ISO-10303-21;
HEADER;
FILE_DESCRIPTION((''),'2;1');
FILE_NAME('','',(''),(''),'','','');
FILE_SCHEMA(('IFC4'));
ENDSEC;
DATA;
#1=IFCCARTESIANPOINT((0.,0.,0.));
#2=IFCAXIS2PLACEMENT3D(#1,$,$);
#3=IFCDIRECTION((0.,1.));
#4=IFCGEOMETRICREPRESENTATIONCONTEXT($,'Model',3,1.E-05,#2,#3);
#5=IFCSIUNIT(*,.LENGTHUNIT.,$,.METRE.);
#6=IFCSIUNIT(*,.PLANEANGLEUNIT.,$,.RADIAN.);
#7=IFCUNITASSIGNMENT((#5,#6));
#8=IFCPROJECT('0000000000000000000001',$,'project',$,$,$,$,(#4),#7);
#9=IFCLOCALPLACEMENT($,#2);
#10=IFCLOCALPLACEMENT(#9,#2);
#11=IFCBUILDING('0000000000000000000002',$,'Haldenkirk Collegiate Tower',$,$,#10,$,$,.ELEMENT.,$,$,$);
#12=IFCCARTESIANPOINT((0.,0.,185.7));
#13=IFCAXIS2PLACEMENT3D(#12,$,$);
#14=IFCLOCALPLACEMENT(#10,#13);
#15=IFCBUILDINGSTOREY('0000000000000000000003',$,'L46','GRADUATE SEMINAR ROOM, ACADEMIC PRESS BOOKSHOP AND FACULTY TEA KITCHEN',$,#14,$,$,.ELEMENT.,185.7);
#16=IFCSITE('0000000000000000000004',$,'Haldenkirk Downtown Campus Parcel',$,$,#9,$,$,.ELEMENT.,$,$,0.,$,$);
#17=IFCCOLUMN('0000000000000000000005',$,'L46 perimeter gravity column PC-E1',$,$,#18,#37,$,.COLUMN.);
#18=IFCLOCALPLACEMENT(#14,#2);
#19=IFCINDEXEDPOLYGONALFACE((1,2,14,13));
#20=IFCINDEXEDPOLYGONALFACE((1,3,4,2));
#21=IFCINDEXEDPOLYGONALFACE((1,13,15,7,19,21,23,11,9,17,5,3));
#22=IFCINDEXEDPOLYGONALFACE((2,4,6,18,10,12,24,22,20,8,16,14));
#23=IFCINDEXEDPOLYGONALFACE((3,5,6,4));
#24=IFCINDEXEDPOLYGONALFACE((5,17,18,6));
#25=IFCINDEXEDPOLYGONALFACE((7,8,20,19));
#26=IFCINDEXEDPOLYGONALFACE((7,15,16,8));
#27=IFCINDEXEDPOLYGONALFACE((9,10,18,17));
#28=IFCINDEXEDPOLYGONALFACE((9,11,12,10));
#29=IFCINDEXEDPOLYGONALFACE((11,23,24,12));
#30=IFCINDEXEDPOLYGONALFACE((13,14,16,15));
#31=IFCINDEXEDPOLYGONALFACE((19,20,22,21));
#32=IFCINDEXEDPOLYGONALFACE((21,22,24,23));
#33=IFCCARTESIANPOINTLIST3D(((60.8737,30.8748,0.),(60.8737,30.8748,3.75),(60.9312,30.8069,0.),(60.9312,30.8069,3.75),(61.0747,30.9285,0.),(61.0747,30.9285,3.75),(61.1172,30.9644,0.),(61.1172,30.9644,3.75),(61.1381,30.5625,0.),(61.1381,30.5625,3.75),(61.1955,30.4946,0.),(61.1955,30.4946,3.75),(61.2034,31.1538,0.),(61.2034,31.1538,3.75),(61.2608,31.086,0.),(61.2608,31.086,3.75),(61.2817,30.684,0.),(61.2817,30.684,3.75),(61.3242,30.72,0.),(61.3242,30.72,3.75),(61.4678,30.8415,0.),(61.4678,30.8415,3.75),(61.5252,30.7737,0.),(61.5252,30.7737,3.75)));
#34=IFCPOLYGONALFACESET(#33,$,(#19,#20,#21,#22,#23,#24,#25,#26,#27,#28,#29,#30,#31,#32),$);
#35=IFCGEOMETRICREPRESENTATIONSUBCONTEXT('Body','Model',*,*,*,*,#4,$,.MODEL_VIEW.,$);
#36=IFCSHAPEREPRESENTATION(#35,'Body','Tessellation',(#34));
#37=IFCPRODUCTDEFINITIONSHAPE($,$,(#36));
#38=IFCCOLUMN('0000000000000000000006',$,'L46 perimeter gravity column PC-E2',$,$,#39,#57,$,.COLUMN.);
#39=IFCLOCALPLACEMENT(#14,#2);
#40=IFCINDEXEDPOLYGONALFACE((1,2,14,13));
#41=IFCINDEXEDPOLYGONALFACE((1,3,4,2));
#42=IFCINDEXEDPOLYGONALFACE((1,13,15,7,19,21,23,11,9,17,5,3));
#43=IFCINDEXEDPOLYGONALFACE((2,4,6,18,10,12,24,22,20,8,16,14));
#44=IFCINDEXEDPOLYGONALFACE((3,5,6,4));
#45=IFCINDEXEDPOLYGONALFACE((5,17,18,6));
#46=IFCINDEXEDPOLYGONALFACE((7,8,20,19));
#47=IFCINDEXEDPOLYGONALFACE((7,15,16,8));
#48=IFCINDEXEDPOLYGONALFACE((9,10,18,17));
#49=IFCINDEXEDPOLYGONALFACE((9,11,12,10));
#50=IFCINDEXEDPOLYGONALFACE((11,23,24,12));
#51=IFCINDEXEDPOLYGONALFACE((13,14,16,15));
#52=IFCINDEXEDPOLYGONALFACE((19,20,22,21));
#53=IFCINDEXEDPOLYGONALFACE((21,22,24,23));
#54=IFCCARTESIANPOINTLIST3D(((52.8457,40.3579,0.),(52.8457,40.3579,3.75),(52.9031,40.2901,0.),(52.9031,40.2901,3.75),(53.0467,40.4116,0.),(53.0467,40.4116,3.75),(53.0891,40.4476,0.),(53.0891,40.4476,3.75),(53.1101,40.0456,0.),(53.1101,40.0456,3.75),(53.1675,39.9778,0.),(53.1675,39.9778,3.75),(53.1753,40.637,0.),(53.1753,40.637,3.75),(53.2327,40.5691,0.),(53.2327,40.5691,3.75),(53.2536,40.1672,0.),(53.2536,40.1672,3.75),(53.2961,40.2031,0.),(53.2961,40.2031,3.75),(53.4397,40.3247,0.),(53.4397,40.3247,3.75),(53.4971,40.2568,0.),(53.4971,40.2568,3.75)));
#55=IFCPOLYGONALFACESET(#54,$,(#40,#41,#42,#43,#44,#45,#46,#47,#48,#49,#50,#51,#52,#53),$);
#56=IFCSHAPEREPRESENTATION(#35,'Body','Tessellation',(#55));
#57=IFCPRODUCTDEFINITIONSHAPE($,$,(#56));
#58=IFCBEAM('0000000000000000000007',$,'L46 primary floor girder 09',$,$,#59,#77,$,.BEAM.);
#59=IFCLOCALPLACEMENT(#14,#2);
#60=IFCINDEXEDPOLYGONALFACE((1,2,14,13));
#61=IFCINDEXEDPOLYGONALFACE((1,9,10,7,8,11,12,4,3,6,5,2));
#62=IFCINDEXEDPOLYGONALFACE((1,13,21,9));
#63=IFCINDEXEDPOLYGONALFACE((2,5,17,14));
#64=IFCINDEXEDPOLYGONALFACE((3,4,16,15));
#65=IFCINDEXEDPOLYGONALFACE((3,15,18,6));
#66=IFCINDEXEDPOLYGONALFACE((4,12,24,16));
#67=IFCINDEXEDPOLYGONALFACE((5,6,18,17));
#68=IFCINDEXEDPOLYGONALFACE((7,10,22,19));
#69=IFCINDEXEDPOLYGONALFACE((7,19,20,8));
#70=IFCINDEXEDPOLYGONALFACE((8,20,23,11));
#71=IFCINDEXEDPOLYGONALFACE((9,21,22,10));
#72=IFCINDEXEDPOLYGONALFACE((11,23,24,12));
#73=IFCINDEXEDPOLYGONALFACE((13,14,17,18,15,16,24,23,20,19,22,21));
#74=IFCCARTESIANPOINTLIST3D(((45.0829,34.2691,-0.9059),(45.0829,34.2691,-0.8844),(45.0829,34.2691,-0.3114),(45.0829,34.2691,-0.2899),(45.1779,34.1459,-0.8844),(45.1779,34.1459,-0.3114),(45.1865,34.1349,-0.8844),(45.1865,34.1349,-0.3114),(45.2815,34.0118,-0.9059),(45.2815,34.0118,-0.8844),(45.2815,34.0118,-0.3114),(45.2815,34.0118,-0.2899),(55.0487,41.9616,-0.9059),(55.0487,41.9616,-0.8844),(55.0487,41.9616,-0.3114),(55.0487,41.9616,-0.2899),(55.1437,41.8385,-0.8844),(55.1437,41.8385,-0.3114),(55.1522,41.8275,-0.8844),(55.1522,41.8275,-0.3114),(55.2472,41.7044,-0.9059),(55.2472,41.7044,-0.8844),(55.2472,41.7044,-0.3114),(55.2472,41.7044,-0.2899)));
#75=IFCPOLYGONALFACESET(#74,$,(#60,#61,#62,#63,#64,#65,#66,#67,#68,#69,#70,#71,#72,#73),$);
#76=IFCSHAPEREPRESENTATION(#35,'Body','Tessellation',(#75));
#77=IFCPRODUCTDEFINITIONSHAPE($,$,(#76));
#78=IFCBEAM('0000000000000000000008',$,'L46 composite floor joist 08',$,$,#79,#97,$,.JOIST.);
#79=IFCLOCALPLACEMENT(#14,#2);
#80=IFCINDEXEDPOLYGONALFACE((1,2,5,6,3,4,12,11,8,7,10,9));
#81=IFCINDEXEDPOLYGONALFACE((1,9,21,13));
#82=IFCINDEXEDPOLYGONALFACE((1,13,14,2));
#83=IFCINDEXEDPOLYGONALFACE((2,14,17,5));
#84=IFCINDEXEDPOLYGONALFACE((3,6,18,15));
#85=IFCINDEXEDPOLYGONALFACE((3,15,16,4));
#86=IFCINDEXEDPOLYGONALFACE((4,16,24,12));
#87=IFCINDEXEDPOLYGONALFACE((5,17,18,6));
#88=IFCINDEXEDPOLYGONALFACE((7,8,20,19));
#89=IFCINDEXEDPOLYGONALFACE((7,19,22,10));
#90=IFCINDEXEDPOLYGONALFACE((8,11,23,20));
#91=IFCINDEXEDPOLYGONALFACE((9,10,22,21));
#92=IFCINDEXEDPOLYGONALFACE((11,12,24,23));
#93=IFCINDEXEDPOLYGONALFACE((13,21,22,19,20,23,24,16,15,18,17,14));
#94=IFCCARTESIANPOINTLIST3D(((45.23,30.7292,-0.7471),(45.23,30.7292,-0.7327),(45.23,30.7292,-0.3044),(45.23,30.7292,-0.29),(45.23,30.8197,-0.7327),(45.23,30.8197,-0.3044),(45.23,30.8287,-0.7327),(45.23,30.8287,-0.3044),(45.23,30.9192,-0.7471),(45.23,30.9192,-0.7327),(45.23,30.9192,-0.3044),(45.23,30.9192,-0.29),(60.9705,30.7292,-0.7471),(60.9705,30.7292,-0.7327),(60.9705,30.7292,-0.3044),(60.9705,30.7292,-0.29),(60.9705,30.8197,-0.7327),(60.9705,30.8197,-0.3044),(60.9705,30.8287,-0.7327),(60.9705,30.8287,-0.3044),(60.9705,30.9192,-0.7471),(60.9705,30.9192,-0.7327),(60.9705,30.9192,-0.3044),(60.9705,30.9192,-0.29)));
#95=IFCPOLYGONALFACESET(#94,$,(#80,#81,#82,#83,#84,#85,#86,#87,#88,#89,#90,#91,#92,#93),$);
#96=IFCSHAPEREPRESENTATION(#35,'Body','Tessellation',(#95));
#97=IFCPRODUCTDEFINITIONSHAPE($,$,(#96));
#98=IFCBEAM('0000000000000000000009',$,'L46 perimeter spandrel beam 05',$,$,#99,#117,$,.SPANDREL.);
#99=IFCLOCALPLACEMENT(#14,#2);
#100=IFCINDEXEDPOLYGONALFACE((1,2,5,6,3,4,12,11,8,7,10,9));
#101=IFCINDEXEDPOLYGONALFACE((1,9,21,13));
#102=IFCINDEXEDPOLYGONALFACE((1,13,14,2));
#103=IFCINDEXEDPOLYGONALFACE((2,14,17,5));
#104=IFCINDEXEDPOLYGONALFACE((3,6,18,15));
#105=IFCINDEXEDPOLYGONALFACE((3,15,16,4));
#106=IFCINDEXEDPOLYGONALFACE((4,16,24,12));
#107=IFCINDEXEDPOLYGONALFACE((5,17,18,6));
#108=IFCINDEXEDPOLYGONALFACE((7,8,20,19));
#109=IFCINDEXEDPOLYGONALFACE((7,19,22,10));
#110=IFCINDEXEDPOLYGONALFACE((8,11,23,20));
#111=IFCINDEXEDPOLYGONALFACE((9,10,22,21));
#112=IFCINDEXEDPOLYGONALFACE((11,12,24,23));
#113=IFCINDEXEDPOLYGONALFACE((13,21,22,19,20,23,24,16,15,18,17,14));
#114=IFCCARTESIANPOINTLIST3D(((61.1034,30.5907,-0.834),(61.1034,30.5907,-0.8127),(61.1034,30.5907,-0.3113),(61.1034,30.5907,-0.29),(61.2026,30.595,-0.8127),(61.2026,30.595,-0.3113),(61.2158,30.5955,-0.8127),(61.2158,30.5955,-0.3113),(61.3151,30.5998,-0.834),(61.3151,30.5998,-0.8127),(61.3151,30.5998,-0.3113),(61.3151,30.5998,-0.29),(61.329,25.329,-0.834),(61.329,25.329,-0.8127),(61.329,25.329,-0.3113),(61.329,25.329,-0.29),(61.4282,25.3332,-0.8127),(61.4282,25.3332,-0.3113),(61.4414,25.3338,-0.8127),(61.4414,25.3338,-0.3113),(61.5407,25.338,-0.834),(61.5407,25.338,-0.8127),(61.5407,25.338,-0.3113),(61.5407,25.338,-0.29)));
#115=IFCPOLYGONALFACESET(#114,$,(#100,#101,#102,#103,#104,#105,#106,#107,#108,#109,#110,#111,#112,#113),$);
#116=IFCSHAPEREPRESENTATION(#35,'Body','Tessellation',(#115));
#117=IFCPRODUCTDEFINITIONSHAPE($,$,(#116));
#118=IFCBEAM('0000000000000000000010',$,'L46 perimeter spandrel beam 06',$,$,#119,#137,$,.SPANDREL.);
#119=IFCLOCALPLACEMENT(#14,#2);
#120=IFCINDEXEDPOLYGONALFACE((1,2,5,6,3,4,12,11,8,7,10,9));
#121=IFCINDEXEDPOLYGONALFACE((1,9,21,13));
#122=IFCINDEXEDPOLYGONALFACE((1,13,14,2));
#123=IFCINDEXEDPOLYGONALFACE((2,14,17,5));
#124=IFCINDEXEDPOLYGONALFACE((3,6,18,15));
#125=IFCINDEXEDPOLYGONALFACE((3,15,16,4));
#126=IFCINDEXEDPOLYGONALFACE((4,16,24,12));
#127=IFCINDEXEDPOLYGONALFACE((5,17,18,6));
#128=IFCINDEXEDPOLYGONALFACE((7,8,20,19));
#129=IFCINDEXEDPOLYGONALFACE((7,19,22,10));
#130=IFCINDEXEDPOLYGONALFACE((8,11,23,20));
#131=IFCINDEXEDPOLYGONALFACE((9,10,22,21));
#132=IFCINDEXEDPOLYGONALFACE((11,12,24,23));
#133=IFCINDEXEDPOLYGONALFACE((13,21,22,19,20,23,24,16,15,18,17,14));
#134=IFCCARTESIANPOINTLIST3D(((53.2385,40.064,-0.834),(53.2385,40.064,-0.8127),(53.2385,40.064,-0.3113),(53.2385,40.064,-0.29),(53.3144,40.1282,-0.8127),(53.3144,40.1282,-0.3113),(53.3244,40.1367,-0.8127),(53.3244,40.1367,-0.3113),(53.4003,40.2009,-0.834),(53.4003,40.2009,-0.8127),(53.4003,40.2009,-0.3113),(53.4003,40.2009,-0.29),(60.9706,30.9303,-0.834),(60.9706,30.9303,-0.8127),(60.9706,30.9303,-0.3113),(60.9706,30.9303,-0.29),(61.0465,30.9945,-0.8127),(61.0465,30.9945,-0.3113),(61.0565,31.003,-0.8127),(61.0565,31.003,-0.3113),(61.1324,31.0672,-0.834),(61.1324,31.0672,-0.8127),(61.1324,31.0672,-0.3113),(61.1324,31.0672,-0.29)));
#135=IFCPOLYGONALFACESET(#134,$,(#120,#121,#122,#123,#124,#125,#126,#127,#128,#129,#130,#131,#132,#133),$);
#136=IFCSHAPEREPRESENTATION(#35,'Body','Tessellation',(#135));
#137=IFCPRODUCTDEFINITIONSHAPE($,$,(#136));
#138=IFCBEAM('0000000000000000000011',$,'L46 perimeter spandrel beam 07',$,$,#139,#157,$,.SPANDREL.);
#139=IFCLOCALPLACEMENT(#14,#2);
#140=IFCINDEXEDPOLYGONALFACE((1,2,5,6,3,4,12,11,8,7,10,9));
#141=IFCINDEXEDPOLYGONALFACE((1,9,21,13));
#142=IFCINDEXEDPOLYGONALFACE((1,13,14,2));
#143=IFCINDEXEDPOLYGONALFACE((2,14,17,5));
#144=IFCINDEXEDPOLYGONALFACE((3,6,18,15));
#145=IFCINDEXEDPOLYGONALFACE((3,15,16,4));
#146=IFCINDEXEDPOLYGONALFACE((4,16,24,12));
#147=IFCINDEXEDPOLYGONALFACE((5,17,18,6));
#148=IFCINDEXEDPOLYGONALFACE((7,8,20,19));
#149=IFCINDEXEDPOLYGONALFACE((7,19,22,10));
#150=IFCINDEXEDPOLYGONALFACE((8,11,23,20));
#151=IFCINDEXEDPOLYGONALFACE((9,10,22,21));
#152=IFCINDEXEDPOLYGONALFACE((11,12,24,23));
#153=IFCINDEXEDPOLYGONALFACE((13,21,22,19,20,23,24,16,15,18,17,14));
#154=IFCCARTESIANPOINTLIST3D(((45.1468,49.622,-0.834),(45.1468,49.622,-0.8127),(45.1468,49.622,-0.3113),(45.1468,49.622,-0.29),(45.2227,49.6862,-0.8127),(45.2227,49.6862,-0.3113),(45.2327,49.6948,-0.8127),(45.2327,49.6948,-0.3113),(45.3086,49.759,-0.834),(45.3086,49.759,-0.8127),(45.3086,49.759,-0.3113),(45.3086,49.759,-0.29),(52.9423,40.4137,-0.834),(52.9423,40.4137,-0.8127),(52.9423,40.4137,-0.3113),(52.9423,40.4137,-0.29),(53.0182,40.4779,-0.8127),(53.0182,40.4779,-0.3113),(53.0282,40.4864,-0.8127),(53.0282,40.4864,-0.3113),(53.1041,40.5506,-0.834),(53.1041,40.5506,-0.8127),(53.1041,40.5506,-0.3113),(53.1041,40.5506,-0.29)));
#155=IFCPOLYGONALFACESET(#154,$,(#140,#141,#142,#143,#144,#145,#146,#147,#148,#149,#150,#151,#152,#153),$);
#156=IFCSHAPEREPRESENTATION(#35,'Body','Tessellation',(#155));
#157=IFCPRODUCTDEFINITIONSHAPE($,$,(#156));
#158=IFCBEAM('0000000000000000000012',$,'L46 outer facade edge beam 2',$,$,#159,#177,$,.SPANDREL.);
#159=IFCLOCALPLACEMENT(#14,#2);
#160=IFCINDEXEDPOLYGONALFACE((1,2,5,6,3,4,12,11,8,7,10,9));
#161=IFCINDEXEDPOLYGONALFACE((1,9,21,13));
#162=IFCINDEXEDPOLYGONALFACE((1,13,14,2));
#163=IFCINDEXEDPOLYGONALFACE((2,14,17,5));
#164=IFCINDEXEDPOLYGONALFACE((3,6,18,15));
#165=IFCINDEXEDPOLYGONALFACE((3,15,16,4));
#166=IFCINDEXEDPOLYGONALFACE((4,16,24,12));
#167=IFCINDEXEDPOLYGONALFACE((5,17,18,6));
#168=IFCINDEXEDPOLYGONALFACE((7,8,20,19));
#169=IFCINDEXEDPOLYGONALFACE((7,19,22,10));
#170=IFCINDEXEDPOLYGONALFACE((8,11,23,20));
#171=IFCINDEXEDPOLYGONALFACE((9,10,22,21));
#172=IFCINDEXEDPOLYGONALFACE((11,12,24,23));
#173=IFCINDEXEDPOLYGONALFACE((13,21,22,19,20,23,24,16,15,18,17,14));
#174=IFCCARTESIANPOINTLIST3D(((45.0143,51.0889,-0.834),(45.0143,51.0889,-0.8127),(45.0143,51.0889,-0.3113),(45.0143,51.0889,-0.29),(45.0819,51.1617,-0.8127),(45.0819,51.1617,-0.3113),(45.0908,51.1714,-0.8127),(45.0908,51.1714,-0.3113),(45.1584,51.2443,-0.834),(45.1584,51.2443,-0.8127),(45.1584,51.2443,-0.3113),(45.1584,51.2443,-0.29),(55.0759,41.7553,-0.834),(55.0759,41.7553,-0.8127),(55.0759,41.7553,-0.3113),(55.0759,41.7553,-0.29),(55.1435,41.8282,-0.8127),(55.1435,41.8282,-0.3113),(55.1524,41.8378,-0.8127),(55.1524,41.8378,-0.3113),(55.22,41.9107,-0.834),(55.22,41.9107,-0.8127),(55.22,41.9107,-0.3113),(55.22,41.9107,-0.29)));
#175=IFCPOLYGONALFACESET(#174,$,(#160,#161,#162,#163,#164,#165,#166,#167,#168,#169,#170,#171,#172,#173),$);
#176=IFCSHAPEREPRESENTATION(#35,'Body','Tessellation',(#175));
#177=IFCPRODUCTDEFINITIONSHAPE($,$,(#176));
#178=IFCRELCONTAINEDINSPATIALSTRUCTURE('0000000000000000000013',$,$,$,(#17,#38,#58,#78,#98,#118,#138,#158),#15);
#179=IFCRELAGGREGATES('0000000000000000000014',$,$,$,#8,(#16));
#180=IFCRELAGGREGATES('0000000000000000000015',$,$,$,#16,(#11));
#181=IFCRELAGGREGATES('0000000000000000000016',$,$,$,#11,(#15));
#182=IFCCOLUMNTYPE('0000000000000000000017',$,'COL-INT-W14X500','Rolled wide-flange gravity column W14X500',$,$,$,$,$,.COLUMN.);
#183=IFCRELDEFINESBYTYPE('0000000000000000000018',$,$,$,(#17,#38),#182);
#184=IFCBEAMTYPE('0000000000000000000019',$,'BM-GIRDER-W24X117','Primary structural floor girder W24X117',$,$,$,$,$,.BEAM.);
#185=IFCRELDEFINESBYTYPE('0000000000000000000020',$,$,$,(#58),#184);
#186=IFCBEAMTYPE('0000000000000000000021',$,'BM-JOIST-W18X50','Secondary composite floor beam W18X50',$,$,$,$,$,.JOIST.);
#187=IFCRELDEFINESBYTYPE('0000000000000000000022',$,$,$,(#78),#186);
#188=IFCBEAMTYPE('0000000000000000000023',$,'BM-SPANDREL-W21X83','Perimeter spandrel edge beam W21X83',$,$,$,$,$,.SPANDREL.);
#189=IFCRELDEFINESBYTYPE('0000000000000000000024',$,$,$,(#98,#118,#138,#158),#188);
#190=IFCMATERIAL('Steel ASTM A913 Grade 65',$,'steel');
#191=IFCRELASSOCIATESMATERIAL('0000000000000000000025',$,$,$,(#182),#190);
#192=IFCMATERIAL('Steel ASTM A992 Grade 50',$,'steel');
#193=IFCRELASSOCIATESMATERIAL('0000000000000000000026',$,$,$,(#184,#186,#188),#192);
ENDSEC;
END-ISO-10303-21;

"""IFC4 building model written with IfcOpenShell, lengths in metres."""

from ifc_helpers import new_model, si_unit, direction, frame, origin, origin_2d, place, context, subcontext, project, spatial, i_section, extrude, material, material_profile, profile_set, type_object, element, save


model = new_model("IFC4")

# Units and contexts
model_context = context("Model", 3, precision=1e-05, world=origin(), true_north=direction((0.0, 1.0)))
body_context = subcontext(model_context, "Body", "Model", "MODEL_VIEW")
ifc_project = project(units=[si_unit("LENGTHUNIT", "METRE"), si_unit("PLANEANGLEUNIT", "RADIAN")], contexts=[model_context])

# Site, building, storey
site_placement = place(None, origin())
site = spatial("IfcSite", under=ifc_project, at=site_placement, Name="Haldenkirk Downtown Campus Parcel", CompositionType="ELEMENT", RefElevation=0.0)
building_placement = place(site_placement, origin())
building = spatial("IfcBuilding", under=site, at=building_placement, Name="Haldenkirk Collegiate Tower", CompositionType="ELEMENT")
storey_placement = place(building_placement, frame((0.0, 0.0, 185.7)))
storey = spatial("IfcBuildingStorey", under=building, at=storey_placement, Name="L46", Description="GRADUATE SEMINAR ROOM, ACADEMIC PRESS BOOKSHOP AND FACULTY TEA KITCHEN", CompositionType="ELEMENT", Elevation=185.7)

# Columns
ifc_material_1 = material(Name="Steel ASTM A913 Grade 65", Category="steel")
ifc_material_profile_1 = material_profile(ifc_material_1, i_section(OverallWidth=0.4319, OverallDepth=0.498, WebThickness=0.0557, FlangeThickness=0.0889, at=origin_2d()), Name="W14X500")
ifc_profile_set_1 = profile_set([ifc_material_profile_1], Name="Steel ASTM A913 Grade 65")
column_type = type_object("IfcColumnType", Name="COL-INT-W14X500", Description="Rolled wide-flange gravity column W14X500", PredefinedType="COLUMN", material=ifc_profile_set_1)
for number, where, z_axis, x_axis, name in (
    (1, (61.1995, 30.8242, 0.0), (0.0, 0.0, 1.0), (0.763232, 0.646124, 0.0), "L46 perimeter gravity column PC-E1"),
    (2, (53.1714, 40.3074, 0.0), (0.0, 0.0, 1.0), (0.763232, 0.646124, 0.0), "L46 perimeter gravity column PC-E2"),
):
    element("IfcColumn", number, at=place(storey_placement, frame(where, z_axis=z_axis, x_axis=x_axis)), inside=storey, type_object=column_type, Name=name, PredefinedType="COLUMN", context=body_context, shape_type="SweptSolid", body=[
        extrude(i_section(OverallWidth=0.4319, OverallDepth=0.498, WebThickness=0.0557, FlangeThickness=0.0889, at=origin_2d()), origin(), (0.0, 0.0, 1.0), 3.75),
    ])

# Beams
ifc_material_2 = material(Name="Steel ASTM A992 Grade 50", Category="steel")
ifc_material_profile_2 = material_profile(ifc_material_2, i_section(OverallWidth=0.325, OverallDepth=0.616, WebThickness=0.0139, FlangeThickness=0.0215, at=origin_2d()), Name="W24X117")
ifc_profile_set_2 = profile_set([ifc_material_profile_2], Name="Steel ASTM A992 Grade 50")
beam_type_1 = type_object("IfcBeamType", Name="BM-GIRDER-W24X117", Description="Primary structural floor girder W24X117", PredefinedType="BEAM", material=ifc_profile_set_2)
beam_1_placement = place(storey_placement, frame((55.1479, 41.833, -0.5979), z_axis=(-0.791601, -0.611038, 0.0), x_axis=(0.611038, -0.791601, 0.0)))
element("IfcBeam", 3, at=beam_1_placement, inside=storey, type_object=beam_type_1, Name="L46 primary floor girder 09", PredefinedType="BEAM", context=body_context, shape_type="SweptSolid", body=[
    extrude(i_section(OverallWidth=0.325, OverallDepth=0.616, WebThickness=0.0139, FlangeThickness=0.0215, at=origin_2d()), origin(), (0.0, 0.0, 1.0), 12.5894),
])
ifc_material_profile_3 = material_profile(ifc_material_2, i_section(OverallWidth=0.1899, OverallDepth=0.457, WebThickness=0.009, FlangeThickness=0.0144, at=origin_2d()), Name="W18X50")
ifc_profile_set_3 = profile_set([ifc_material_profile_3], Name="Steel ASTM A992 Grade 50")
beam_type_2 = type_object("IfcBeamType", Name="BM-JOIST-W18X50", Description="Secondary composite floor beam W18X50", PredefinedType="JOIST", material=ifc_profile_set_3)
beam_2_placement = place(storey_placement, frame((60.9705, 30.8242, -0.5186), z_axis=(-1.0, 0.0, 0.0), x_axis=(0.0, -1.0, 0.0)))
element("IfcBeam", 4, at=beam_2_placement, inside=storey, type_object=beam_type_2, Name="L46 composite floor joist 08", PredefinedType="JOIST", context=body_context, shape_type="SweptSolid", body=[
    extrude(i_section(OverallWidth=0.1899, OverallDepth=0.457, WebThickness=0.009, FlangeThickness=0.0144, at=origin_2d()), origin(), (0.0, 0.0, 1.0), 15.7405),
])
ifc_material_profile_4 = material_profile(ifc_material_2, i_section(OverallWidth=0.2119, OverallDepth=0.5439, WebThickness=0.0132, FlangeThickness=0.0212, at=origin_2d()), Name="W21X83")
ifc_profile_set_4 = profile_set([ifc_material_profile_4], Name="Steel ASTM A992 Grade 50")
beam_type_3 = type_object("IfcBeamType", Name="BM-SPANDREL-W21X83", Description="Perimeter spandrel edge beam W21X83", PredefinedType="SPANDREL", material=ifc_profile_set_4)
beam_3_placement = place(storey_placement, frame((61.4348, 25.3335, -0.562), z_axis=(-0.042834, 0.999082, 0.0), x_axis=(-0.999082, -0.042834, 0.0)))
element("IfcBeam", 5, at=beam_3_placement, inside=storey, type_object=beam_type_3, Name="L46 perimeter spandrel beam 05", PredefinedType="SPANDREL", context=body_context, shape_type="SweptSolid", body=[
    extrude(i_section(OverallWidth=0.2119, OverallDepth=0.5439, WebThickness=0.0132, FlangeThickness=0.0212, at=origin_2d()), origin(), (0.0, 0.0, 1.0), 5.2666),
])
beam_4_placement = place(storey_placement, frame((61.0515, 30.9988, -0.562), z_axis=(-0.646117, 0.763238, 0.0), x_axis=(-0.763238, -0.646117, 0.0)))
element("IfcBeam", 6, at=beam_4_placement, inside=storey, type_object=beam_type_3, Name="L46 perimeter spandrel beam 06", PredefinedType="SPANDREL", context=body_context, shape_type="SweptSolid", body=[
    extrude(i_section(OverallWidth=0.2119, OverallDepth=0.5439, WebThickness=0.0132, FlangeThickness=0.0212, at=origin_2d()), origin(), (0.0, 0.0, 1.0), 11.967),
])
beam_5_placement = place(storey_placement, frame((53.0232, 40.4822, -0.562), z_axis=(-0.646126, 0.76323, 0.0), x_axis=(-0.76323, -0.646126, 0.0)))
element("IfcBeam", 7, at=beam_5_placement, inside=storey, type_object=beam_type_3, Name="L46 perimeter spandrel beam 07", PredefinedType="SPANDREL", context=body_context, shape_type="SweptSolid", body=[
    extrude(i_section(OverallWidth=0.2119, OverallDepth=0.5439, WebThickness=0.0132, FlangeThickness=0.0212, at=origin_2d()), origin(), (0.0, 0.0, 1.0), 12.0649),
])
beam_6_placement = place(storey_placement, frame((55.1479, 41.833, -0.562), z_axis=(-0.733133, 0.680085, 0.0), x_axis=(-0.680085, -0.733133, 0.0)))
element("IfcBeam", 8, at=beam_6_placement, inside=storey, type_object=beam_type_3, Name="L46 outer facade edge beam 2", PredefinedType="SPANDREL", context=body_context, shape_type="SweptSolid", body=[
    extrude(i_section(OverallWidth=0.2119, OverallDepth=0.5439, WebThickness=0.0132, FlangeThickness=0.0212, at=origin_2d()), origin(), (0.0, 0.0, 1.0), 13.7241),
])

save(model, "model.ifc")
